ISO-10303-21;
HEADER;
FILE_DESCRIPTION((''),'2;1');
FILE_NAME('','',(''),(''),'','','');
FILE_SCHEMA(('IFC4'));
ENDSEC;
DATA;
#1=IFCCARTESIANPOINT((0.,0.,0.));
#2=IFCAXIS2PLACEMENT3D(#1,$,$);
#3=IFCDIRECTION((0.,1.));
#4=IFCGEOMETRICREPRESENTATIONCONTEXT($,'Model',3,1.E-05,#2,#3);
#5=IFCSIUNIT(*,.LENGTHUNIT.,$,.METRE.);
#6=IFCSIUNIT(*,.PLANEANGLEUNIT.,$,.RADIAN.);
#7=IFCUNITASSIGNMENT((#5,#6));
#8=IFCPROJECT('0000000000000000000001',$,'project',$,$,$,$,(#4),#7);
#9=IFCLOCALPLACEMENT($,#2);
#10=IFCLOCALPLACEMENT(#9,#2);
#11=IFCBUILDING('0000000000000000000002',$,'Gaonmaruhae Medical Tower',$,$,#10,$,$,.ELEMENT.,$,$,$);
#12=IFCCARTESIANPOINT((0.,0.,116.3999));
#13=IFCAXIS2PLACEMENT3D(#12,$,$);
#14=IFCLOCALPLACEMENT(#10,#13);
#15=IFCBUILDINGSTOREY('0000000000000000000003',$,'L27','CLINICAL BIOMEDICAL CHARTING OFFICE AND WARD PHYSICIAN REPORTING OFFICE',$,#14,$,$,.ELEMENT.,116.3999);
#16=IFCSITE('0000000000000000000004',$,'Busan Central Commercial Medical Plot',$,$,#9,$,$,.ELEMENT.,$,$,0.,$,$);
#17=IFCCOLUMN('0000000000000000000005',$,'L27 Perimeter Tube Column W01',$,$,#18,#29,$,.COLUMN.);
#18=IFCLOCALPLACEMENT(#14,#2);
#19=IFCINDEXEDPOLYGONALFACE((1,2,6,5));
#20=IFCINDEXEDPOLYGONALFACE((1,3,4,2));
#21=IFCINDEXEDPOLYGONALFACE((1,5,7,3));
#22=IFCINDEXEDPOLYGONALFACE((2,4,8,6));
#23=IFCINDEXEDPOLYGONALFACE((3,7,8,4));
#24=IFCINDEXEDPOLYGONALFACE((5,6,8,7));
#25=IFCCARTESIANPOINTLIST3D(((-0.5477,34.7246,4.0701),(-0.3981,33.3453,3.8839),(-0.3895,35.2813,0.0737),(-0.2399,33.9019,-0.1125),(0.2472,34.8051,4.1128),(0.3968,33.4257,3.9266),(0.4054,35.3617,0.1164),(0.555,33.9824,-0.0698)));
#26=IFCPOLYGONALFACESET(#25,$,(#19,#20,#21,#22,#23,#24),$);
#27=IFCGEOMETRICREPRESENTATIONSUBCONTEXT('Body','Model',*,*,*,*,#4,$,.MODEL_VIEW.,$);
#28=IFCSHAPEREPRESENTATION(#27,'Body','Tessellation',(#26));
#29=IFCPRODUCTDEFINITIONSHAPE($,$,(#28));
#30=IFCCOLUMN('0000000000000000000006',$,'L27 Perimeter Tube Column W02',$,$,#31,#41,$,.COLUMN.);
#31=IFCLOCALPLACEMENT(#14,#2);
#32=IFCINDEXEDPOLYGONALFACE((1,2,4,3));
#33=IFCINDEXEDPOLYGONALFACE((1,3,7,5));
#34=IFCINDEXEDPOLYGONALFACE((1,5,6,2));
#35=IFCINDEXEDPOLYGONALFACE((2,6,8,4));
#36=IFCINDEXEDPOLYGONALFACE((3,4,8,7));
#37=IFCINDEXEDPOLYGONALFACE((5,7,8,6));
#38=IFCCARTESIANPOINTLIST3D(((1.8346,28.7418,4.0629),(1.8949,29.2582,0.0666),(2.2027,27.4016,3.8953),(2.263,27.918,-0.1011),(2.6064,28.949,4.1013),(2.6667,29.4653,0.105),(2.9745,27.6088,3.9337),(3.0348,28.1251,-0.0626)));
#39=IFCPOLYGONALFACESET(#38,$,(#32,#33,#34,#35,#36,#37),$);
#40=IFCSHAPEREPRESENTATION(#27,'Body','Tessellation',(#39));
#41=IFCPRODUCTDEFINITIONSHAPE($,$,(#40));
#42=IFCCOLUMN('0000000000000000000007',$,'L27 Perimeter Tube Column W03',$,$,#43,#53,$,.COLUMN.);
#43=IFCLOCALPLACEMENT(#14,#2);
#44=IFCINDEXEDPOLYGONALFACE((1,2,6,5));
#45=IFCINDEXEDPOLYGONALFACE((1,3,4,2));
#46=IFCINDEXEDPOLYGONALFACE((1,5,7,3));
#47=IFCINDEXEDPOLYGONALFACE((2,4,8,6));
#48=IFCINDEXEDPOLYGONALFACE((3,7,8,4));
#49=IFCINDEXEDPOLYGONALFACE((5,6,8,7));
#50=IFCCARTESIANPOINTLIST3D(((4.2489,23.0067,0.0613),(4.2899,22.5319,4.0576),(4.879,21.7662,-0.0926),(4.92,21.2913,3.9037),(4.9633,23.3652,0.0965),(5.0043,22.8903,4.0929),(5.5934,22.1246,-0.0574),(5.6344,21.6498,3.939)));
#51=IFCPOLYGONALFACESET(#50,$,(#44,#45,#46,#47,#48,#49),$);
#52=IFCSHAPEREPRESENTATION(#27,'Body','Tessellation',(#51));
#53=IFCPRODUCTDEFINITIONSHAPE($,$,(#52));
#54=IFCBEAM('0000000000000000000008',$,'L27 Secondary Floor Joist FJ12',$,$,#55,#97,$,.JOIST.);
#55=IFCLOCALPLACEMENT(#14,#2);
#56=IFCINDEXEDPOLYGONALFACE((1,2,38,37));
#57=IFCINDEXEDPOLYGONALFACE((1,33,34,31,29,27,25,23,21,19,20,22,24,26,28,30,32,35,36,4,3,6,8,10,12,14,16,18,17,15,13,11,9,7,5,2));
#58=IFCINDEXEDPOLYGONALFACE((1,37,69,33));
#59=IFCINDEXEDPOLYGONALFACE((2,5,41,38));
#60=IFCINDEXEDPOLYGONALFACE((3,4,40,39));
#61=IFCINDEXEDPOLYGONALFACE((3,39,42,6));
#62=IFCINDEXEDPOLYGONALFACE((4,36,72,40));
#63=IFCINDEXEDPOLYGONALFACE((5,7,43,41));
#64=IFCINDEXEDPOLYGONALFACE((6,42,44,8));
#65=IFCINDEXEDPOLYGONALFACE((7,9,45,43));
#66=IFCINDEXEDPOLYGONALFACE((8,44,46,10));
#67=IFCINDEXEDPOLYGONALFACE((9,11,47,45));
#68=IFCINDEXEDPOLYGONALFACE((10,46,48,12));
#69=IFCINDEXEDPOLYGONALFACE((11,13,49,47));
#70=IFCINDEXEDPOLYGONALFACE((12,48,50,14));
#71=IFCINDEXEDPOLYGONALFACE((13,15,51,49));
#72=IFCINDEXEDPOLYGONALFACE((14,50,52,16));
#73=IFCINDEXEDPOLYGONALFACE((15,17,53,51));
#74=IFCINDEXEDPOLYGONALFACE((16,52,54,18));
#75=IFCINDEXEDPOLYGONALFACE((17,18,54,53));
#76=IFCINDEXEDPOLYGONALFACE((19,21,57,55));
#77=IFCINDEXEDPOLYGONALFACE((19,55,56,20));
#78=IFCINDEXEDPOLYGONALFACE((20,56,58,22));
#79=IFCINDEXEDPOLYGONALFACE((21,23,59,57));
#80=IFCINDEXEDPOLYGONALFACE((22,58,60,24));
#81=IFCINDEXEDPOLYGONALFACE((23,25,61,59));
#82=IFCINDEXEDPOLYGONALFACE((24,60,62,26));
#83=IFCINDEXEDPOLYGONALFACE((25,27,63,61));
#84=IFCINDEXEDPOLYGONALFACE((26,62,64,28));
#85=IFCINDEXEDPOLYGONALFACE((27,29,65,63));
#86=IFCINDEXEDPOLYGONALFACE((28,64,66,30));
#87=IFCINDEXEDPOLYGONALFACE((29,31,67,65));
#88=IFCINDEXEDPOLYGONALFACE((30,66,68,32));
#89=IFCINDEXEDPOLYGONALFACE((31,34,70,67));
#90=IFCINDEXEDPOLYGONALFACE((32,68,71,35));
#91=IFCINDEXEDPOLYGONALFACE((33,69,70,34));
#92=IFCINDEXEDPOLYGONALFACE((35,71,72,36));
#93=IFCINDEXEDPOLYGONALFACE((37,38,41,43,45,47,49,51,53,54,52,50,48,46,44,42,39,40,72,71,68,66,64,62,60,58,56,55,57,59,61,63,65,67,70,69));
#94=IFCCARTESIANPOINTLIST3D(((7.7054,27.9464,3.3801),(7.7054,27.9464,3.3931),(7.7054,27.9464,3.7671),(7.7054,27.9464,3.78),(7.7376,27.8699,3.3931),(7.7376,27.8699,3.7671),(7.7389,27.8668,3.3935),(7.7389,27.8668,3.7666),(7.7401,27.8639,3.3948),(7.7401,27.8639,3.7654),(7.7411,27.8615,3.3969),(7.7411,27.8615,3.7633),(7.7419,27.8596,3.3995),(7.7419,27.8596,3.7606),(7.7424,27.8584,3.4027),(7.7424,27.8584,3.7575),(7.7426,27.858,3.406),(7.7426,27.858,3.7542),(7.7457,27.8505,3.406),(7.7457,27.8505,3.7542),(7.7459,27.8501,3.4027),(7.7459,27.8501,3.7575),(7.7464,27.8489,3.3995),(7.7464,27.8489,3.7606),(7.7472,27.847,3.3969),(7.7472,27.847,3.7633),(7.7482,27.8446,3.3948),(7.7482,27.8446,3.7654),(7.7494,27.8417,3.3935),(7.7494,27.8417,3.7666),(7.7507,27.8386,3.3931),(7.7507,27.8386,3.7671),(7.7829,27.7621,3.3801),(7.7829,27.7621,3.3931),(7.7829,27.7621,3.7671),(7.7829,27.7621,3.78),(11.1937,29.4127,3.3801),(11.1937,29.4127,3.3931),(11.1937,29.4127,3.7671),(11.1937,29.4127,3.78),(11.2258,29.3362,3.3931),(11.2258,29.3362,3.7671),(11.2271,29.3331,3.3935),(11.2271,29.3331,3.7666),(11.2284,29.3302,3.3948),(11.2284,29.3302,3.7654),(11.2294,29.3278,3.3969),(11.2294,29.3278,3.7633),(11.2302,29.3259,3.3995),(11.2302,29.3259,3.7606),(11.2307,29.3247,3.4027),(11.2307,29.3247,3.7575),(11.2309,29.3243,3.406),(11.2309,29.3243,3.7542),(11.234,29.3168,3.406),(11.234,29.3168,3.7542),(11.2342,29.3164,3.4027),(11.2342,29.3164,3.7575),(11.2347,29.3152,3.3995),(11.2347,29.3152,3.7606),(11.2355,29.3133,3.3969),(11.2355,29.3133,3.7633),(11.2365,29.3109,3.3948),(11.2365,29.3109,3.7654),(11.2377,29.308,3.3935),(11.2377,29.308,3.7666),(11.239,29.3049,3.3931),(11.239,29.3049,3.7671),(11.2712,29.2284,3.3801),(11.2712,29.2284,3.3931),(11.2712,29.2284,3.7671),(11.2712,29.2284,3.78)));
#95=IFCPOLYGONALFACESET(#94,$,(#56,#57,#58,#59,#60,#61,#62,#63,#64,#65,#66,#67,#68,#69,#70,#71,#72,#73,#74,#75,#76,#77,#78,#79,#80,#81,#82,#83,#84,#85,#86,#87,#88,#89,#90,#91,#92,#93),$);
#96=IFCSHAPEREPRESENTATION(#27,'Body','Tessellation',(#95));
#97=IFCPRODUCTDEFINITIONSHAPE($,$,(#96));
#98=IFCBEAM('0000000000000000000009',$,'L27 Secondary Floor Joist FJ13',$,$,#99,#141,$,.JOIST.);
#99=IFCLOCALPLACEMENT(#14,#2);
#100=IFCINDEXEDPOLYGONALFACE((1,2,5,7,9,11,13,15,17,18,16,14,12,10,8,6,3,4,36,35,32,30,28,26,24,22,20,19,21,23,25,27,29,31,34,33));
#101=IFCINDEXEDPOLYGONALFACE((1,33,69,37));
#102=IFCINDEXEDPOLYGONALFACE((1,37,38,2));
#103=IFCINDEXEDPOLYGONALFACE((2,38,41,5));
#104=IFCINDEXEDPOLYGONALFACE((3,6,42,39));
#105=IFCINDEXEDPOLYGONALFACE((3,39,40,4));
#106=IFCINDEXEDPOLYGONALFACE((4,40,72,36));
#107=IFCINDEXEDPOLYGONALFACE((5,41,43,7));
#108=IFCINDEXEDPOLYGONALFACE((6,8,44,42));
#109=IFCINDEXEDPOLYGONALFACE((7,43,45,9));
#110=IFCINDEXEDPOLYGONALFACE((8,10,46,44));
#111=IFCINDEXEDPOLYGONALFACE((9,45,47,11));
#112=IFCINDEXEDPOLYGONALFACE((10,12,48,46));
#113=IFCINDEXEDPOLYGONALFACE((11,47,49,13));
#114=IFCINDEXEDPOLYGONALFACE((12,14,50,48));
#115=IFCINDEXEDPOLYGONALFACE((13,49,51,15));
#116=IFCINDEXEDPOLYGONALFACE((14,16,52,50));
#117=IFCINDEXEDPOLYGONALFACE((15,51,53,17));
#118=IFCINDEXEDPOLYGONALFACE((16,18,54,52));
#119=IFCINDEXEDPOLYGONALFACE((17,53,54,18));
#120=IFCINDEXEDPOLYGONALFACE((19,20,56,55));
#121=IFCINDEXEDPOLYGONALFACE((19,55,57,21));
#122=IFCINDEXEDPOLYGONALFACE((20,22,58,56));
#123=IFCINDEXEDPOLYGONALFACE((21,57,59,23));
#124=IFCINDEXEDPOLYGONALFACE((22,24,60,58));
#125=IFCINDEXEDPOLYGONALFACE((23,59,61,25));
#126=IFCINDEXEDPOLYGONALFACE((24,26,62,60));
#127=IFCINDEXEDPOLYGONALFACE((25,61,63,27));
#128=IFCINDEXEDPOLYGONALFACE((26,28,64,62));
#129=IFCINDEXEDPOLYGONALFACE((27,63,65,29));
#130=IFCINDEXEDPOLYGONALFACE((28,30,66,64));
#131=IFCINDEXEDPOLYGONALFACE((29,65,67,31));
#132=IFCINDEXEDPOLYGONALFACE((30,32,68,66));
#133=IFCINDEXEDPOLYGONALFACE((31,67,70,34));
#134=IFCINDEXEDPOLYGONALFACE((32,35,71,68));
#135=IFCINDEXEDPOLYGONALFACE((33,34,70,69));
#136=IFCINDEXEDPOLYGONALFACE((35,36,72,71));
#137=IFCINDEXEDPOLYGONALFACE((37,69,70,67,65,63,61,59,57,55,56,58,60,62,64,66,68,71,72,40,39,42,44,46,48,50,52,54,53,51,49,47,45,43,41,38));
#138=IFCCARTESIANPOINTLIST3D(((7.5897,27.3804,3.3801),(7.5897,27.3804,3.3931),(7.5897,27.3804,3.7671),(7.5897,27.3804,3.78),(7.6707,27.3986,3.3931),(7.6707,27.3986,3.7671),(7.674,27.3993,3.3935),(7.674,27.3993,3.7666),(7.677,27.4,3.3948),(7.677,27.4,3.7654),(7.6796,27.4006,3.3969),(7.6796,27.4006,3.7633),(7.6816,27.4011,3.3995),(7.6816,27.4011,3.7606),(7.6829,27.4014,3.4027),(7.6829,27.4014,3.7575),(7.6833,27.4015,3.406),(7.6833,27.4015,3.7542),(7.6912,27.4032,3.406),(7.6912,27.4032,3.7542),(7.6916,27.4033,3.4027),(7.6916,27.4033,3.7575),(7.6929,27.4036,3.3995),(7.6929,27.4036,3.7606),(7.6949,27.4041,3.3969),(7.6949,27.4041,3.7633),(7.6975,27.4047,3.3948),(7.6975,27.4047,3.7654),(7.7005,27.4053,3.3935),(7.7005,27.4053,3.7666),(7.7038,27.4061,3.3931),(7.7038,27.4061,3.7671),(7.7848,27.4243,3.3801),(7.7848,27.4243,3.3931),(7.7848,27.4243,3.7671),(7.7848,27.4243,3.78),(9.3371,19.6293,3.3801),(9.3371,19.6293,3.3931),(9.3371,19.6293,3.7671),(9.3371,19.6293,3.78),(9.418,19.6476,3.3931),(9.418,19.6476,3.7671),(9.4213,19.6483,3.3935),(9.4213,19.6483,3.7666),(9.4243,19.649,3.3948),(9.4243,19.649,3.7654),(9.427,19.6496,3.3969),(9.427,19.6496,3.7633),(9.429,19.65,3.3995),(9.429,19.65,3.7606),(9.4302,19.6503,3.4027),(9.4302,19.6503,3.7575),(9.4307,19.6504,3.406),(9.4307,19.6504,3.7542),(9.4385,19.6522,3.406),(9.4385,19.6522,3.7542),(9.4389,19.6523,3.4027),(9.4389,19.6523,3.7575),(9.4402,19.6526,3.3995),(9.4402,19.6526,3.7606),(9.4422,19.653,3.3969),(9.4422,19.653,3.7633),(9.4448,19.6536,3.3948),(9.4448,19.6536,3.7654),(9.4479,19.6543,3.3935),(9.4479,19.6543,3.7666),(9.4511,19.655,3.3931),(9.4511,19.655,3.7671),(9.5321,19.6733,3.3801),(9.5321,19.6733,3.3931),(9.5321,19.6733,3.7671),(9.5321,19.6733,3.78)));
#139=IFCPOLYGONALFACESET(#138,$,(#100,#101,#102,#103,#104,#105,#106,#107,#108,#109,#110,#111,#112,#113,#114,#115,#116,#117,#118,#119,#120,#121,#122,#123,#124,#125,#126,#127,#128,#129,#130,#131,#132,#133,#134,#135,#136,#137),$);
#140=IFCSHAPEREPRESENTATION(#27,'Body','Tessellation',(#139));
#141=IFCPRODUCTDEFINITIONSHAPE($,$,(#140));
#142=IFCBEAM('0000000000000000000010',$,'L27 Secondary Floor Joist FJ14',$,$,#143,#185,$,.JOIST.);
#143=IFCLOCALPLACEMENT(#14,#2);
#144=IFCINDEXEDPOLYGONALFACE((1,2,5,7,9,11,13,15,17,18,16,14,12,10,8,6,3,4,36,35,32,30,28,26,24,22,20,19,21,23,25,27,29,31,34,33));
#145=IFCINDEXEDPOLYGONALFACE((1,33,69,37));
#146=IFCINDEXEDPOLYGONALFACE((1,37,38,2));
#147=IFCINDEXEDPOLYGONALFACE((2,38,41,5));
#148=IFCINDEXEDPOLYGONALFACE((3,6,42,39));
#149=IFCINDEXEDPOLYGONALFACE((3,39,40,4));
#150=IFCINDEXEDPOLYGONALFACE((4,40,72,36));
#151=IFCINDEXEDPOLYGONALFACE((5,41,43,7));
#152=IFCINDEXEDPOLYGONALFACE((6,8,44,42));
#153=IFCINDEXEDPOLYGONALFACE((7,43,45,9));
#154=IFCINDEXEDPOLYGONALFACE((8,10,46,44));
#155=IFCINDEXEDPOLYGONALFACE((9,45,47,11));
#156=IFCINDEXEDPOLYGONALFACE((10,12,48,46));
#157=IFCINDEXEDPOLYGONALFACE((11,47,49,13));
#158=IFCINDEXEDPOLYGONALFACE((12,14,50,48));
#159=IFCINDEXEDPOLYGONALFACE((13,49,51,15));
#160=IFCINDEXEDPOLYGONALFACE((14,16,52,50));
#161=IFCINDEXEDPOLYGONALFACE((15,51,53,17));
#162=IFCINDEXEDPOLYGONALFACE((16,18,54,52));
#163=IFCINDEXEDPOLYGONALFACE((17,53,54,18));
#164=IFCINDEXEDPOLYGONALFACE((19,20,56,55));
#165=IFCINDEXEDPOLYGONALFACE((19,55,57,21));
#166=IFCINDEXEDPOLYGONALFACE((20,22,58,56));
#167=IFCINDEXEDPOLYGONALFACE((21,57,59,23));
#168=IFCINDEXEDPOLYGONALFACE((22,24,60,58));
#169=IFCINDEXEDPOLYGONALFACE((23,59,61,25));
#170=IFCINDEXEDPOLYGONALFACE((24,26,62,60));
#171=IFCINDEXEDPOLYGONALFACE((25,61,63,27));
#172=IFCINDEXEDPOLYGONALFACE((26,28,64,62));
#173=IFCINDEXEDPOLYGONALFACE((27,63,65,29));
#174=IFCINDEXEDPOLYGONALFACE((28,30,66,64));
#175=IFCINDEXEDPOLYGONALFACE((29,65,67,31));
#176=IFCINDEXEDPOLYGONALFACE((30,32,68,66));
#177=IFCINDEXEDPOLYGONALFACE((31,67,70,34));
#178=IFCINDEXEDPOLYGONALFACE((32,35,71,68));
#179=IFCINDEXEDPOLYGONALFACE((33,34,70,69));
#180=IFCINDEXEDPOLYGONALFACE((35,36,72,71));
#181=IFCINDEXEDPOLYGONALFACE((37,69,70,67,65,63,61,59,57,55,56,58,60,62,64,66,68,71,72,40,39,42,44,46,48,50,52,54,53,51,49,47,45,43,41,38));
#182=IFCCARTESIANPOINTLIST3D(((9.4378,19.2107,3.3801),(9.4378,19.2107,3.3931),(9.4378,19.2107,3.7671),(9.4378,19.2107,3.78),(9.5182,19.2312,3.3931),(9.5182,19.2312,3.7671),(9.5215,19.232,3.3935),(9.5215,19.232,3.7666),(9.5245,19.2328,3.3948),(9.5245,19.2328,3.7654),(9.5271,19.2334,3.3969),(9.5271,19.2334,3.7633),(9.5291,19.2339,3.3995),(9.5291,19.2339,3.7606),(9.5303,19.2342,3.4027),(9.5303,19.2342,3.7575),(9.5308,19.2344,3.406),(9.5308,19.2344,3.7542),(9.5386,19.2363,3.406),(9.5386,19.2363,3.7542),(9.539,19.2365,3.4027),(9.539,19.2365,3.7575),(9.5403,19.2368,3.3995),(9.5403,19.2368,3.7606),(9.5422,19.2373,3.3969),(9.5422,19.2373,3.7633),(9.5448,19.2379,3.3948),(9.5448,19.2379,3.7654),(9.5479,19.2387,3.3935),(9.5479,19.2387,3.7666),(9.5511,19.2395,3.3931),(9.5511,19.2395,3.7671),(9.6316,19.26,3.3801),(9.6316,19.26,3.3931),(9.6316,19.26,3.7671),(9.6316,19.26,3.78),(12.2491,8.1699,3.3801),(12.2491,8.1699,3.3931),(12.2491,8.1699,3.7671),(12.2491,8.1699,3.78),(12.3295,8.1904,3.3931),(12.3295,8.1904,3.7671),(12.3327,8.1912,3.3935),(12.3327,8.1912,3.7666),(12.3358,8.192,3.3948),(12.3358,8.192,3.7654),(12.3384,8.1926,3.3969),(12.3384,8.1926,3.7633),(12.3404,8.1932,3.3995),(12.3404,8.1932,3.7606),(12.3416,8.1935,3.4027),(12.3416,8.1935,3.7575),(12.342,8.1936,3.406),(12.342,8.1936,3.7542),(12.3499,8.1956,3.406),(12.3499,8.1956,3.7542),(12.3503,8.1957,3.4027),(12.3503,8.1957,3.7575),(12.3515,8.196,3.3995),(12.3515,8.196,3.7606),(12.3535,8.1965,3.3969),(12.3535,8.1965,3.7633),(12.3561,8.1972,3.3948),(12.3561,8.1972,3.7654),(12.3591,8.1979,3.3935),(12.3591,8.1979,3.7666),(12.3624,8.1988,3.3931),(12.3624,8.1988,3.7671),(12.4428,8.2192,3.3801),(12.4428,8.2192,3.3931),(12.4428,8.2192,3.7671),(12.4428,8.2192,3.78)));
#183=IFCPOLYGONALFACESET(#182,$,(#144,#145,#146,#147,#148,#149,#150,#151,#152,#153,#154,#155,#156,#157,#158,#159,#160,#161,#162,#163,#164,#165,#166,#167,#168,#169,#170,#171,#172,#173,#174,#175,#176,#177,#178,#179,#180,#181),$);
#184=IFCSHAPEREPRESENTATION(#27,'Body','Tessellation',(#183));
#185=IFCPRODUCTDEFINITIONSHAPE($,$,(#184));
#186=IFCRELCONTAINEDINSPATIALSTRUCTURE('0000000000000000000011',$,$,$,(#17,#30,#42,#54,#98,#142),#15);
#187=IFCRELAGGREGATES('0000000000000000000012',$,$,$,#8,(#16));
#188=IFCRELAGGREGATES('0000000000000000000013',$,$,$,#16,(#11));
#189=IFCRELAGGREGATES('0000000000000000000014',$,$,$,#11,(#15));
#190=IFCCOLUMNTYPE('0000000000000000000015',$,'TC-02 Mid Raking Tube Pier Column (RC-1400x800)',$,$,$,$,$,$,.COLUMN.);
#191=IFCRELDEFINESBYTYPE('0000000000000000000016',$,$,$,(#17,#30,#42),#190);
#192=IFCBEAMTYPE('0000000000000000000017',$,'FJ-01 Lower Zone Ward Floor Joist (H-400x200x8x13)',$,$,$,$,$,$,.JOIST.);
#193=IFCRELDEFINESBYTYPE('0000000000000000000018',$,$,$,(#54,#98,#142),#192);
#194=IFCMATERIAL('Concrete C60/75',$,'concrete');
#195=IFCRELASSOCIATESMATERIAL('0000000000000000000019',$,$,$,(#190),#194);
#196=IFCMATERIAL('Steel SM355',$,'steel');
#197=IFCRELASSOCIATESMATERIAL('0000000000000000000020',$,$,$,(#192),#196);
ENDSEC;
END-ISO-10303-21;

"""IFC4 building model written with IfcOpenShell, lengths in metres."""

from ifc_helpers import new_model, si_unit, direction, frame, origin, origin_2d, place, context, subcontext, project, spatial, rectangle, i_section, extrude, material, material_profile, profile_set, type_object, element, save


model = new_model("IFC4")

# Units and contexts
model_context = context("Model", 3, precision=1e-05, world=origin(), true_north=direction((0.0, 1.0)))
body_context = subcontext(model_context, "Body", "Model", "MODEL_VIEW")
ifc_project = project(units=[si_unit("LENGTHUNIT", "METRE"), si_unit("PLANEANGLEUNIT", "RADIAN")], contexts=[model_context])

# Site, building, storey
site_placement = place(None, origin())
site = spatial("IfcSite", under=ifc_project, at=site_placement, Name="Busan Central Commercial Medical Plot", CompositionType="ELEMENT", RefElevation=0.0)
building_placement = place(site_placement, origin())
building = spatial("IfcBuilding", under=site, at=building_placement, Name="Gaonmaruhae Medical Tower", CompositionType="ELEMENT")
storey_placement = place(building_placement, frame((0.0, 0.0, 116.3999)))
storey = spatial("IfcBuildingStorey", under=building, at=storey_placement, Name="L27", Description="CLINICAL BIOMEDICAL CHARTING OFFICE AND WARD PHYSICIAN REPORTING OFFICE", CompositionType="ELEMENT", Elevation=116.3999)

# Columns
ifc_material_1 = material(Name="Concrete C60/75", Category="concrete")
ifc_material_profile_1 = material_profile(ifc_material_1, rectangle(XDim=1.3999, YDim=0.8, at=origin_2d()), Name="RC-1400x800")
ifc_profile_set_1 = profile_set([ifc_material_profile_1], Name="Concrete C60/75")
column_type = type_object("IfcColumnType", Name="TC-02 Mid Raking Tube Pier Column (RC-1400x800)", PredefinedType="COLUMN", material=ifc_profile_set_1)
column_1_placement = place(storey_placement, frame((0.0828, 34.6318, 0.002), z_axis=(-0.039178, -0.13785, 0.989678), x_axis=(-0.106875, 0.985335, 0.133014)))
element("IfcColumn", 1, at=column_1_placement, inside=storey, type_object=column_type, Name="L27 Perimeter Tube Column W01", PredefinedType="COLUMN", context=body_context, shape_type="SweptSolid", body=[
    extrude(rectangle(XDim=1.3999, YDim=0.8, at=origin_2d()), origin(), (0.0, 0.0, 1.0), 4.0381),
])
column_2_placement = place(storey_placement, frame((2.4648, 28.6917, 0.002), z_axis=(-0.014963, -0.128128, 0.991645), x_axis=(-0.262902, 0.957365, 0.119732)))
element("IfcColumn", 2, at=column_2_placement, inside=storey, type_object=column_type, Name="L27 Perimeter Tube Column W02", PredefinedType="COLUMN", context=body_context, shape_type="SweptSolid", body=[
    extrude(rectangle(XDim=1.3999, YDim=0.8, at=origin_2d()), origin(), (0.0, 0.0, 1.0), 4.03),
])
column_3_placement = place(storey_placement, frame((4.9211, 22.5657, 0.002), z_axis=(0.010191, -0.117986, 0.992963), x_axis=(-0.450108, 0.886183, 0.109918)))
element("IfcColumn", 3, at=column_3_placement, inside=storey, type_object=column_type, Name="L27 Perimeter Tube Column W03", PredefinedType="COLUMN", context=body_context, shape_type="SweptSolid", body=[
    extrude(rectangle(XDim=1.3999, YDim=0.8, at=origin_2d()), origin(), (0.0, 0.0, 1.0), 4.0247),
])

# Beams
ifc_material_2 = material(Name="Steel SM355", Category="steel")
ifc_material_profile_2 = material_profile(ifc_material_2, i_section(OverallWidth=0.2, OverallDepth=0.3999, WebThickness=0.0081, FlangeThickness=0.0129, FilletRadius=0.0129, at=origin_2d()), Name="H-400x200x8x13")
ifc_profile_set_2 = profile_set([ifc_material_profile_2], Name="Steel SM355")
beam_type_1 = type_object("IfcBeamType", Name="FJ-01 Lower Zone Ward Floor Joist (H-400x200x8x13)", PredefinedType="JOIST", material=ifc_profile_set_2)
beam_1_placement = place(storey_placement, frame((11.2324, 29.3206, 3.5801), z_axis=(-0.921866, -0.387509, 0.0), x_axis=(0.387509, -0.921866, 0.0)))
element("IfcBeam", 4, at=beam_1_placement, inside=storey, type_object=beam_type_1, Name="L27 Secondary Floor Joist FJ12", PredefinedType="JOIST", context=body_context, shape_type="SweptSolid", body=[
    extrude(i_section(OverallWidth=0.2, OverallDepth=0.3999, WebThickness=0.0081, FlangeThickness=0.0129, FilletRadius=0.0129, at=origin_2d()), origin(), (0.0, 0.0, 1.0), 3.7839),
])
beam_2_placement = place(storey_placement, frame((7.6873, 27.4023, 3.5801), z_axis=(0.219913, -0.97552, 0.0), x_axis=(0.97552, 0.219913, 0.0)))
element("IfcBeam", 5, at=beam_2_placement, inside=storey, type_object=beam_type_1, Name="L27 Secondary Floor Joist FJ13", PredefinedType="JOIST", context=body_context, shape_type="SweptSolid", body=[
    extrude(i_section(OverallWidth=0.2, OverallDepth=0.3999, WebThickness=0.0081, FlangeThickness=0.0129, FilletRadius=0.0129, at=origin_2d()), origin(), (0.0, 0.0, 1.0), 7.9456),
])
beam_3_placement = place(storey_placement, frame((9.5347, 19.2354, 3.5801), z_axis=(0.246754, -0.969078, 0.0), x_axis=(0.969078, 0.246754, 0.0)))
element("IfcBeam", 6, at=beam_3_placement, inside=storey, type_object=beam_type_1, Name="L27 Secondary Floor Joist FJ14", PredefinedType="JOIST", context=body_context, shape_type="SweptSolid", body=[
    extrude(i_section(OverallWidth=0.2, OverallDepth=0.3999, WebThickness=0.0081, FlangeThickness=0.0129, FilletRadius=0.0129, at=origin_2d()), origin(), (0.0, 0.0, 1.0), 11.3931),
])

save(model, "model.ifc")
